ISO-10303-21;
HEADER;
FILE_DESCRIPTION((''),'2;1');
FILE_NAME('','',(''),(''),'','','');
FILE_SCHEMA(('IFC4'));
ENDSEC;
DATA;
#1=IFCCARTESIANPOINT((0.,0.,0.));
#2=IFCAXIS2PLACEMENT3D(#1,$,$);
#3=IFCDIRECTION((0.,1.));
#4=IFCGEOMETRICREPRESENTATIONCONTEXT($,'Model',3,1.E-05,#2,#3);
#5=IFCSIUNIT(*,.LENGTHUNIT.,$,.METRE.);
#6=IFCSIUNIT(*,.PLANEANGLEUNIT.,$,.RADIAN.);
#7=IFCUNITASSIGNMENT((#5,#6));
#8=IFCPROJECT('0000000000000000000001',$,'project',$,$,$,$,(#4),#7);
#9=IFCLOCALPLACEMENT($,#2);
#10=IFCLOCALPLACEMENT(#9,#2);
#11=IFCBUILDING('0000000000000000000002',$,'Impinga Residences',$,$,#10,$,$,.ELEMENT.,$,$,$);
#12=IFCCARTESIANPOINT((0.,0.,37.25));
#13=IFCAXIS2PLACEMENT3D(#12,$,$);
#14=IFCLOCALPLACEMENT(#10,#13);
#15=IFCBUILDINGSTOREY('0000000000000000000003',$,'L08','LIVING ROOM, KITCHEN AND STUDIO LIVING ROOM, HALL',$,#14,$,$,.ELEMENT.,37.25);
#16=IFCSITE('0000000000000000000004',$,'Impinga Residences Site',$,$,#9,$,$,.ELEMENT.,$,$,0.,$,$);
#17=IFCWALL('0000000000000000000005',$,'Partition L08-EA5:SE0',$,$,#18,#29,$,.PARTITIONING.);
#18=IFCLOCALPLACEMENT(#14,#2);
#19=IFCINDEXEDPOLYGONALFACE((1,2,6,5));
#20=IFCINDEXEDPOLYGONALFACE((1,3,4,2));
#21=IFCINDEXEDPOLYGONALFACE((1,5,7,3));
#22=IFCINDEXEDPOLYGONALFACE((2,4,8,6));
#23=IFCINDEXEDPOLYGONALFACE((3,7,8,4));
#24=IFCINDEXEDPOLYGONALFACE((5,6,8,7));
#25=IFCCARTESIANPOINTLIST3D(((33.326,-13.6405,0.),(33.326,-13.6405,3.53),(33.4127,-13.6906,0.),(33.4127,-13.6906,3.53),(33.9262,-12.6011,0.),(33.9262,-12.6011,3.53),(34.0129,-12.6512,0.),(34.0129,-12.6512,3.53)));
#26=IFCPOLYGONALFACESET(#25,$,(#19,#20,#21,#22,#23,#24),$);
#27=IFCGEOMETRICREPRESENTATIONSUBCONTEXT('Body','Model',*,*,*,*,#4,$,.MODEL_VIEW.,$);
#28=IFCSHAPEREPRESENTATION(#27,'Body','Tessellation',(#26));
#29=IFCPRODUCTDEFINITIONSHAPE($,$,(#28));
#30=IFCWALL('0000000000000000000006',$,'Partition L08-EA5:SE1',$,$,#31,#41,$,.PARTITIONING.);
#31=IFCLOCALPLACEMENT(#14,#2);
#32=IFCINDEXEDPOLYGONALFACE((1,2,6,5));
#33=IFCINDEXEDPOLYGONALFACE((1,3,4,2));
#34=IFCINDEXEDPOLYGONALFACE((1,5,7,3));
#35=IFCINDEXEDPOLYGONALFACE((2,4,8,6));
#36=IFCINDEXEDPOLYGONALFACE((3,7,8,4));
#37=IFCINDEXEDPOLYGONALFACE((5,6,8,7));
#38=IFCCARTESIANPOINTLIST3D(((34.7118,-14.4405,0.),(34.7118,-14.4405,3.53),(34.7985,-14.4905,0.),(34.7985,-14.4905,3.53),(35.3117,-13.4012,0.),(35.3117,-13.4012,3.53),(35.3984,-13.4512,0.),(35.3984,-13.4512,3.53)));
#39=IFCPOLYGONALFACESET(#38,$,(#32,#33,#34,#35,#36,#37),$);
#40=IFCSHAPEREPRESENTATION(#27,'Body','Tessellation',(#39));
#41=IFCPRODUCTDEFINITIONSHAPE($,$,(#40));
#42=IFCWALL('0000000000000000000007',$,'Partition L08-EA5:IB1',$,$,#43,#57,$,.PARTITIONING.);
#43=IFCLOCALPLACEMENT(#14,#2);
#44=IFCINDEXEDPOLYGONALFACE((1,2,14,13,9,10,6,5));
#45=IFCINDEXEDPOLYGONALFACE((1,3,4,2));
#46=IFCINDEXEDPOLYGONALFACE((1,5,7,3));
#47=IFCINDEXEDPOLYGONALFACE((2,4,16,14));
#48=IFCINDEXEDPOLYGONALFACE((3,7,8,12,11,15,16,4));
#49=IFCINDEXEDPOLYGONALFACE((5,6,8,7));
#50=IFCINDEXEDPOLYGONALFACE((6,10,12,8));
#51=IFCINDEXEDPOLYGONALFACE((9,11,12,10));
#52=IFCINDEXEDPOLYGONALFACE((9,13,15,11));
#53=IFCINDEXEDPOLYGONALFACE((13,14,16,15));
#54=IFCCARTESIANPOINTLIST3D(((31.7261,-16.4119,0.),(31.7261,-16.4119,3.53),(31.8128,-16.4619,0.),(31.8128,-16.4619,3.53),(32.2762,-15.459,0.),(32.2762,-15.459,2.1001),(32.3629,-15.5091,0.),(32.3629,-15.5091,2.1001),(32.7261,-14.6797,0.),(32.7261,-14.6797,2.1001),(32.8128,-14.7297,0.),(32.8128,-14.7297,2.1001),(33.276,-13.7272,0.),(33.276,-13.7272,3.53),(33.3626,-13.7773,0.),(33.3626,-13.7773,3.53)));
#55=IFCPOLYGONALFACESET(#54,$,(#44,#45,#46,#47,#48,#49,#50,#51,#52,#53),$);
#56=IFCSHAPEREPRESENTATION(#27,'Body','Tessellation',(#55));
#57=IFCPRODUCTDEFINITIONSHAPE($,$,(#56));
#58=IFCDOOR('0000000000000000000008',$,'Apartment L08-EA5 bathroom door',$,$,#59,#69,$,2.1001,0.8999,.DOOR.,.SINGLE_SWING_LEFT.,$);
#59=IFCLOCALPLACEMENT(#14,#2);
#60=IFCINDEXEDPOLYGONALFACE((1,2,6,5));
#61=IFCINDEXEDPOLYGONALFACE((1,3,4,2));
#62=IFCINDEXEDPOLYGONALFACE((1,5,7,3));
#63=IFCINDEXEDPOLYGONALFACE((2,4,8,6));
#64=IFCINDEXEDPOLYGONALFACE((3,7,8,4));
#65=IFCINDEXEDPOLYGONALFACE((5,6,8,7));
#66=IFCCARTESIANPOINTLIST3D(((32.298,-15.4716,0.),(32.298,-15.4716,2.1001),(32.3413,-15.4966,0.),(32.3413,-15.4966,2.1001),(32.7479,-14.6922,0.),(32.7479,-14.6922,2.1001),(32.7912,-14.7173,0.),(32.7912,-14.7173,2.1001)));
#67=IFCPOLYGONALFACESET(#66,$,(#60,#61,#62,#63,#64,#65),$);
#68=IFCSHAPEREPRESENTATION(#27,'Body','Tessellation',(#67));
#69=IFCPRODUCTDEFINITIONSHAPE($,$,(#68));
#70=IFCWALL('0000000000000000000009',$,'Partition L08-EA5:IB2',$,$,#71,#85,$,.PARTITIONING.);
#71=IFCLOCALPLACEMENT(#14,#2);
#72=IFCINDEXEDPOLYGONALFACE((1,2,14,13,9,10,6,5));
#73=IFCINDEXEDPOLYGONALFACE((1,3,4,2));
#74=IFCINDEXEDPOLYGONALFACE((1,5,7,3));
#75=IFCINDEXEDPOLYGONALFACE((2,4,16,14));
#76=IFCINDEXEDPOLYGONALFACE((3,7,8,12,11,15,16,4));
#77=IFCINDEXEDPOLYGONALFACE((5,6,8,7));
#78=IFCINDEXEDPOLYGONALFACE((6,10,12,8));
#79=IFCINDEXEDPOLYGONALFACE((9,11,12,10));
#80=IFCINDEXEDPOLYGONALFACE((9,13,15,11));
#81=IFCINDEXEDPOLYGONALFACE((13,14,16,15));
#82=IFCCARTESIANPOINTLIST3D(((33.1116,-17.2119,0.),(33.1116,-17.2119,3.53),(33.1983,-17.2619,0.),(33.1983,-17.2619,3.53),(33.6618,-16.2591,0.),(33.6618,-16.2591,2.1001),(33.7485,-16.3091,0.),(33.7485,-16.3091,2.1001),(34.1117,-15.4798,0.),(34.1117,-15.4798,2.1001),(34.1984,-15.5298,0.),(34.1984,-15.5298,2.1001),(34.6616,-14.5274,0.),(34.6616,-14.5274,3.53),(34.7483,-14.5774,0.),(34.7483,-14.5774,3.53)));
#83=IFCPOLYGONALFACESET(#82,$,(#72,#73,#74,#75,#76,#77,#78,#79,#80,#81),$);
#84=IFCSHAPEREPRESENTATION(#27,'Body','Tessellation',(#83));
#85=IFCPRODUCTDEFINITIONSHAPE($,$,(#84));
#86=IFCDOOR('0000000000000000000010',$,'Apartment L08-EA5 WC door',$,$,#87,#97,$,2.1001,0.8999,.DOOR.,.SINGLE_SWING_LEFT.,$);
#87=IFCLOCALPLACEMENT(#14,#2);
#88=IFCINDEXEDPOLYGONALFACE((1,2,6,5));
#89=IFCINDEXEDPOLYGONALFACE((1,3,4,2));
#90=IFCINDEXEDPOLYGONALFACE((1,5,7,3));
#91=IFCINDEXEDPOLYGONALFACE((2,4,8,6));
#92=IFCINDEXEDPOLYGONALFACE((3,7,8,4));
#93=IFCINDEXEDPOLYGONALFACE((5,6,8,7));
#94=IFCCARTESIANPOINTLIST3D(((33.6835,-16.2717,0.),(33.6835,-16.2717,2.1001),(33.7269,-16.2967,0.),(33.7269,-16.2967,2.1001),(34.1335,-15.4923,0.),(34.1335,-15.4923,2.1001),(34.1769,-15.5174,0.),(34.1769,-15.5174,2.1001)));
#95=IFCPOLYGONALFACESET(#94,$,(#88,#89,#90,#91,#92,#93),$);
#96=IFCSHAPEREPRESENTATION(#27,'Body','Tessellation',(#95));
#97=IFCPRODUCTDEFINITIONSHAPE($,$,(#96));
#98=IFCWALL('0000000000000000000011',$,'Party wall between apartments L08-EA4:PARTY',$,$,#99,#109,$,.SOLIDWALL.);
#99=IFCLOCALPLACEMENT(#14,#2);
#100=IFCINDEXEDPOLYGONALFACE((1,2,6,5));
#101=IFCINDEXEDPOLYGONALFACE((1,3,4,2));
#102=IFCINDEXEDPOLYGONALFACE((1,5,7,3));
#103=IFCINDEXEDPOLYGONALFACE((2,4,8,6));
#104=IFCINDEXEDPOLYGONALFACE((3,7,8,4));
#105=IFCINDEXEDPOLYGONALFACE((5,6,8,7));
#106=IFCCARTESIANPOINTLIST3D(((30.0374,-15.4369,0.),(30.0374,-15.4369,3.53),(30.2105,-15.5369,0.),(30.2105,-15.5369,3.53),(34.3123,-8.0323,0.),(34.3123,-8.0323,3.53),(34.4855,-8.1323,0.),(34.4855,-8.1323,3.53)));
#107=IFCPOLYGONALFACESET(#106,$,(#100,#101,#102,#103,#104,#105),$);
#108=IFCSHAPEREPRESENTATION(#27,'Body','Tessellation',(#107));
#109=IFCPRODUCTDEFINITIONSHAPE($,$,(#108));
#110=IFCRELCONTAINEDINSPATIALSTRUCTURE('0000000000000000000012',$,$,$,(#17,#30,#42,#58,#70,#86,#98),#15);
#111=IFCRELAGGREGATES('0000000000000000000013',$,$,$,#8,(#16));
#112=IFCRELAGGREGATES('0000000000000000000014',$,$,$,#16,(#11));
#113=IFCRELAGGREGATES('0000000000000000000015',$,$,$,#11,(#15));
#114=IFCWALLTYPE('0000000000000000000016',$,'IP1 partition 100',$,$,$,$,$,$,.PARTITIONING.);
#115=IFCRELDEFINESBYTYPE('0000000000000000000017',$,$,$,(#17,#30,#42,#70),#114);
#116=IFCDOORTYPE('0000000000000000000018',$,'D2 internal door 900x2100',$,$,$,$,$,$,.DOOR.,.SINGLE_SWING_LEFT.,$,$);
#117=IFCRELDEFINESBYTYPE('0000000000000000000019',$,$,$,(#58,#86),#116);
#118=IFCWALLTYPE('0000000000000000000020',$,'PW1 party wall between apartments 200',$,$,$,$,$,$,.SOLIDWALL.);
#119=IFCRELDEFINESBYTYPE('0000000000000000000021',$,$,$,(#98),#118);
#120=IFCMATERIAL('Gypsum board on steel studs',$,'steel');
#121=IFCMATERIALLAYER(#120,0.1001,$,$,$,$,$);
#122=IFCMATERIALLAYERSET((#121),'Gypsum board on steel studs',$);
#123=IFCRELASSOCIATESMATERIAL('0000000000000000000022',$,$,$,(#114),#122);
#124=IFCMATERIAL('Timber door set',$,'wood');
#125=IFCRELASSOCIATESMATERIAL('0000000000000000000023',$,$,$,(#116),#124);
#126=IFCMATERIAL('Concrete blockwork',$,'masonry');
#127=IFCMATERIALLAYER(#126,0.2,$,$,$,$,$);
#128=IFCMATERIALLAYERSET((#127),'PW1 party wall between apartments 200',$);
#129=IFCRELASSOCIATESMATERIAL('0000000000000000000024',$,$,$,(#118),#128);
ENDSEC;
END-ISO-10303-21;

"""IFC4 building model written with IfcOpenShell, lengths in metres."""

from ifc_helpers import new_model, si_unit, direction, frame, frame_2d, origin, place, context, subcontext, project, spatial, rectangle, extrude, material, layer, layer_set, type_object, element, fill, save


model = new_model("IFC4")

# Units and contexts
model_context = context("Model", 3, precision=1e-05, world=origin(), true_north=direction((0.0, 1.0)))
body_context = subcontext(model_context, "Body", "Model", "MODEL_VIEW")
ifc_project = project(units=[si_unit("LENGTHUNIT", "METRE"), si_unit("PLANEANGLEUNIT", "RADIAN")], contexts=[model_context])

# Site, building, storey
site_placement = place(None, origin())
site = spatial("IfcSite", under=ifc_project, at=site_placement, Name="Impinga Residences Site", CompositionType="ELEMENT", RefElevation=0.0)
building_placement = place(site_placement, origin())
building = spatial("IfcBuilding", under=site, at=building_placement, Name="Impinga Residences", CompositionType="ELEMENT")
storey_placement = place(building_placement, frame((0.0, 0.0, 37.25)))
storey = spatial("IfcBuildingStorey", under=building, at=storey_placement, Name="L08", Description="LIVING ROOM, KITCHEN AND STUDIO LIVING ROOM, HALL", CompositionType="ELEMENT", Elevation=37.25)

# Shared definitions
ifc_material_1 = material(Name="Gypsum board on steel studs", Category="steel")
ifc_layer_1 = layer(ifc_material_1, 0.1001)
ifc_layer_set_1 = layer_set([ifc_layer_1], Name="Gypsum board on steel studs")
wall_type_1 = type_object("IfcWallType", Name="IP1 partition 100", PredefinedType="PARTITIONING", material=ifc_layer_set_1)

# Shared definitions
ifc_material_2 = material(Name="Timber door set", Category="wood")
door_type = type_object("IfcDoorType", Name="D2 internal door 900x2100", OperationType="SINGLE_SWING_LEFT", PredefinedType="DOOR", material=ifc_material_2)

# Walls
wall_1_placement = place(storey_placement, frame((33.3694, -13.6655, 0.0), z_axis=(0.0, 0.0, 1.0), x_axis=(0.500034, 0.866006, 0.0)))
element("IfcWall", 1, at=wall_1_placement, inside=storey, type_object=wall_type_1, Name="Partition L08-EA5:SE0", PredefinedType="PARTITIONING", context=body_context, shape_type="SweptSolid", body=[
    extrude(rectangle(XDim=1.2002, YDim=0.1001, at=frame_2d((0.6001, 0.0))), origin(), (0.0, 0.0, 1.0), 3.53),
])
wall_2_placement = place(storey_placement, frame((34.7551, -14.4656, 0.0), z_axis=(0.0, 0.0, 1.0), x_axis=(0.499881, 0.866094, 0.0)))
element("IfcWall", 2, at=wall_2_placement, inside=storey, type_object=wall_type_1, Name="Partition L08-EA5:SE1", PredefinedType="PARTITIONING", context=body_context, shape_type="SweptSolid", body=[
    extrude(rectangle(XDim=1.2, YDim=0.1001, at=frame_2d((0.6001, 0.0))), origin(), (0.0, 0.0, 1.0), 3.53),
])

# Walls, openings, doors
wall_3_placement = place(storey_placement, frame((31.7695, -16.4368, 0.0), z_axis=(0.0, 0.0, 1.0), x_axis=(0.499968, 0.866044, 0.0)))
wall_3 = element("IfcWall", 3, at=wall_3_placement, inside=storey, type_object=wall_type_1, Name="Partition L08-EA5:IB1", PredefinedType="PARTITIONING", context=body_context, shape_type="SweptSolid", body=[
    extrude(rectangle(XDim=3.0999, YDim=0.1001, at=frame_2d((1.5498, 0.0))), origin(), (0.0, 0.0, 1.0), 3.53),
])
opening_1_placement = place(wall_3_placement, frame((1.1001, 0.0, 0.0)))
opening_1 = element("IfcOpeningElement", 4, at=opening_1_placement, cuts=wall_3, PredefinedType="OPENING", context=body_context, shape_type="SweptSolid", body=[
    extrude(rectangle(XDim=0.8999, YDim=2.1001, at=frame_2d((0.45, 1.05))), frame((0.0, 0.0601, 0.0), z_axis=(0.0, -1.0, 0.0), x_axis=(1.0, 0.0, 0.0)), (0.0, 0.0, 1.0), 0.1201),
])
door_1_placement = place(opening_1_placement, origin())
door_1 = element("IfcDoor", 5, at=door_1_placement, inside=storey, type_object=door_type, Name="Apartment L08-EA5 bathroom door", OperationType="SINGLE_SWING_LEFT", OverallHeight=2.1001, OverallWidth=0.8999, PredefinedType="DOOR", context=body_context, shape_type="SweptSolid", body=[
    extrude(rectangle(XDim=0.8999, YDim=2.1001, at=frame_2d((0.45, 1.05))), frame((0.0, 0.0249, 0.0), z_axis=(0.0, -1.0, 0.0), x_axis=(1.0, 0.0, 0.0)), (0.0, 0.0, 1.0), 0.05),
])
fill(opening_1, door_1)
wall_4_placement = place(storey_placement, frame((33.155, -17.2368, 0.0), z_axis=(0.0, 0.0, 1.0), x_axis=(0.500027, 0.86601, 0.0)))
wall_4 = element("IfcWall", 6, at=wall_4_placement, inside=storey, type_object=wall_type_1, Name="Partition L08-EA5:IB2", PredefinedType="PARTITIONING", context=body_context, shape_type="SweptSolid", body=[
    extrude(rectangle(XDim=3.0999, YDim=0.1001, at=frame_2d((1.5498, 0.0))), origin(), (0.0, 0.0, 1.0), 3.53),
])
opening_2_placement = place(wall_4_placement, frame((1.1001, 0.0, 0.0)))
opening_2 = element("IfcOpeningElement", 7, at=opening_2_placement, cuts=wall_4, PredefinedType="OPENING", context=body_context, shape_type="SweptSolid", body=[
    extrude(rectangle(XDim=0.8999, YDim=2.1001, at=frame_2d((0.45, 1.05))), frame((0.0, 0.0601, 0.0), z_axis=(0.0, -1.0, 0.0), x_axis=(1.0, 0.0, 0.0)), (0.0, 0.0, 1.0), 0.1201),
])
door_2_placement = place(opening_2_placement, origin())
door_2 = element("IfcDoor", 8, at=door_2_placement, inside=storey, type_object=door_type, Name="Apartment L08-EA5 WC door", OperationType="SINGLE_SWING_LEFT", OverallHeight=2.1001, OverallWidth=0.8999, PredefinedType="DOOR", context=body_context, shape_type="SweptSolid", body=[
    extrude(rectangle(XDim=0.8999, YDim=2.1001, at=frame_2d((0.45, 1.05))), frame((0.0, 0.0249, 0.0), z_axis=(0.0, -1.0, 0.0), x_axis=(1.0, 0.0, 0.0)), (0.0, 0.0, 1.0), 0.05),
])
fill(opening_2, door_2)

# Wall
ifc_material_3 = material(Name="Concrete blockwork", Category="masonry")
ifc_layer_2 = layer(ifc_material_3, 0.2)
ifc_layer_set_2 = layer_set([ifc_layer_2], Name="PW1 party wall between apartments 200")
wall_type_2 = type_object("IfcWallType", Name="PW1 party wall between apartments 200", PredefinedType="SOLIDWALL", material=ifc_layer_set_2)
wall_5_placement = place(storey_placement, frame((30.124, -15.4868, 0.0), z_axis=(0.0, 0.0, 1.0), x_axis=(0.49999, 0.866031, 0.0)))
element("IfcWall", 9, at=wall_5_placement, inside=storey, type_object=wall_type_2, Name="Party wall between apartments L08-EA4:PARTY", PredefinedType="SOLIDWALL", context=body_context, shape_type="SweptSolid", body=[
    extrude(rectangle(XDim=8.55, YDim=0.2, at=frame_2d((4.2749, 0.0))), origin(), (0.0, 0.0, 1.0), 3.53),
])

save(model, "model.ifc")
